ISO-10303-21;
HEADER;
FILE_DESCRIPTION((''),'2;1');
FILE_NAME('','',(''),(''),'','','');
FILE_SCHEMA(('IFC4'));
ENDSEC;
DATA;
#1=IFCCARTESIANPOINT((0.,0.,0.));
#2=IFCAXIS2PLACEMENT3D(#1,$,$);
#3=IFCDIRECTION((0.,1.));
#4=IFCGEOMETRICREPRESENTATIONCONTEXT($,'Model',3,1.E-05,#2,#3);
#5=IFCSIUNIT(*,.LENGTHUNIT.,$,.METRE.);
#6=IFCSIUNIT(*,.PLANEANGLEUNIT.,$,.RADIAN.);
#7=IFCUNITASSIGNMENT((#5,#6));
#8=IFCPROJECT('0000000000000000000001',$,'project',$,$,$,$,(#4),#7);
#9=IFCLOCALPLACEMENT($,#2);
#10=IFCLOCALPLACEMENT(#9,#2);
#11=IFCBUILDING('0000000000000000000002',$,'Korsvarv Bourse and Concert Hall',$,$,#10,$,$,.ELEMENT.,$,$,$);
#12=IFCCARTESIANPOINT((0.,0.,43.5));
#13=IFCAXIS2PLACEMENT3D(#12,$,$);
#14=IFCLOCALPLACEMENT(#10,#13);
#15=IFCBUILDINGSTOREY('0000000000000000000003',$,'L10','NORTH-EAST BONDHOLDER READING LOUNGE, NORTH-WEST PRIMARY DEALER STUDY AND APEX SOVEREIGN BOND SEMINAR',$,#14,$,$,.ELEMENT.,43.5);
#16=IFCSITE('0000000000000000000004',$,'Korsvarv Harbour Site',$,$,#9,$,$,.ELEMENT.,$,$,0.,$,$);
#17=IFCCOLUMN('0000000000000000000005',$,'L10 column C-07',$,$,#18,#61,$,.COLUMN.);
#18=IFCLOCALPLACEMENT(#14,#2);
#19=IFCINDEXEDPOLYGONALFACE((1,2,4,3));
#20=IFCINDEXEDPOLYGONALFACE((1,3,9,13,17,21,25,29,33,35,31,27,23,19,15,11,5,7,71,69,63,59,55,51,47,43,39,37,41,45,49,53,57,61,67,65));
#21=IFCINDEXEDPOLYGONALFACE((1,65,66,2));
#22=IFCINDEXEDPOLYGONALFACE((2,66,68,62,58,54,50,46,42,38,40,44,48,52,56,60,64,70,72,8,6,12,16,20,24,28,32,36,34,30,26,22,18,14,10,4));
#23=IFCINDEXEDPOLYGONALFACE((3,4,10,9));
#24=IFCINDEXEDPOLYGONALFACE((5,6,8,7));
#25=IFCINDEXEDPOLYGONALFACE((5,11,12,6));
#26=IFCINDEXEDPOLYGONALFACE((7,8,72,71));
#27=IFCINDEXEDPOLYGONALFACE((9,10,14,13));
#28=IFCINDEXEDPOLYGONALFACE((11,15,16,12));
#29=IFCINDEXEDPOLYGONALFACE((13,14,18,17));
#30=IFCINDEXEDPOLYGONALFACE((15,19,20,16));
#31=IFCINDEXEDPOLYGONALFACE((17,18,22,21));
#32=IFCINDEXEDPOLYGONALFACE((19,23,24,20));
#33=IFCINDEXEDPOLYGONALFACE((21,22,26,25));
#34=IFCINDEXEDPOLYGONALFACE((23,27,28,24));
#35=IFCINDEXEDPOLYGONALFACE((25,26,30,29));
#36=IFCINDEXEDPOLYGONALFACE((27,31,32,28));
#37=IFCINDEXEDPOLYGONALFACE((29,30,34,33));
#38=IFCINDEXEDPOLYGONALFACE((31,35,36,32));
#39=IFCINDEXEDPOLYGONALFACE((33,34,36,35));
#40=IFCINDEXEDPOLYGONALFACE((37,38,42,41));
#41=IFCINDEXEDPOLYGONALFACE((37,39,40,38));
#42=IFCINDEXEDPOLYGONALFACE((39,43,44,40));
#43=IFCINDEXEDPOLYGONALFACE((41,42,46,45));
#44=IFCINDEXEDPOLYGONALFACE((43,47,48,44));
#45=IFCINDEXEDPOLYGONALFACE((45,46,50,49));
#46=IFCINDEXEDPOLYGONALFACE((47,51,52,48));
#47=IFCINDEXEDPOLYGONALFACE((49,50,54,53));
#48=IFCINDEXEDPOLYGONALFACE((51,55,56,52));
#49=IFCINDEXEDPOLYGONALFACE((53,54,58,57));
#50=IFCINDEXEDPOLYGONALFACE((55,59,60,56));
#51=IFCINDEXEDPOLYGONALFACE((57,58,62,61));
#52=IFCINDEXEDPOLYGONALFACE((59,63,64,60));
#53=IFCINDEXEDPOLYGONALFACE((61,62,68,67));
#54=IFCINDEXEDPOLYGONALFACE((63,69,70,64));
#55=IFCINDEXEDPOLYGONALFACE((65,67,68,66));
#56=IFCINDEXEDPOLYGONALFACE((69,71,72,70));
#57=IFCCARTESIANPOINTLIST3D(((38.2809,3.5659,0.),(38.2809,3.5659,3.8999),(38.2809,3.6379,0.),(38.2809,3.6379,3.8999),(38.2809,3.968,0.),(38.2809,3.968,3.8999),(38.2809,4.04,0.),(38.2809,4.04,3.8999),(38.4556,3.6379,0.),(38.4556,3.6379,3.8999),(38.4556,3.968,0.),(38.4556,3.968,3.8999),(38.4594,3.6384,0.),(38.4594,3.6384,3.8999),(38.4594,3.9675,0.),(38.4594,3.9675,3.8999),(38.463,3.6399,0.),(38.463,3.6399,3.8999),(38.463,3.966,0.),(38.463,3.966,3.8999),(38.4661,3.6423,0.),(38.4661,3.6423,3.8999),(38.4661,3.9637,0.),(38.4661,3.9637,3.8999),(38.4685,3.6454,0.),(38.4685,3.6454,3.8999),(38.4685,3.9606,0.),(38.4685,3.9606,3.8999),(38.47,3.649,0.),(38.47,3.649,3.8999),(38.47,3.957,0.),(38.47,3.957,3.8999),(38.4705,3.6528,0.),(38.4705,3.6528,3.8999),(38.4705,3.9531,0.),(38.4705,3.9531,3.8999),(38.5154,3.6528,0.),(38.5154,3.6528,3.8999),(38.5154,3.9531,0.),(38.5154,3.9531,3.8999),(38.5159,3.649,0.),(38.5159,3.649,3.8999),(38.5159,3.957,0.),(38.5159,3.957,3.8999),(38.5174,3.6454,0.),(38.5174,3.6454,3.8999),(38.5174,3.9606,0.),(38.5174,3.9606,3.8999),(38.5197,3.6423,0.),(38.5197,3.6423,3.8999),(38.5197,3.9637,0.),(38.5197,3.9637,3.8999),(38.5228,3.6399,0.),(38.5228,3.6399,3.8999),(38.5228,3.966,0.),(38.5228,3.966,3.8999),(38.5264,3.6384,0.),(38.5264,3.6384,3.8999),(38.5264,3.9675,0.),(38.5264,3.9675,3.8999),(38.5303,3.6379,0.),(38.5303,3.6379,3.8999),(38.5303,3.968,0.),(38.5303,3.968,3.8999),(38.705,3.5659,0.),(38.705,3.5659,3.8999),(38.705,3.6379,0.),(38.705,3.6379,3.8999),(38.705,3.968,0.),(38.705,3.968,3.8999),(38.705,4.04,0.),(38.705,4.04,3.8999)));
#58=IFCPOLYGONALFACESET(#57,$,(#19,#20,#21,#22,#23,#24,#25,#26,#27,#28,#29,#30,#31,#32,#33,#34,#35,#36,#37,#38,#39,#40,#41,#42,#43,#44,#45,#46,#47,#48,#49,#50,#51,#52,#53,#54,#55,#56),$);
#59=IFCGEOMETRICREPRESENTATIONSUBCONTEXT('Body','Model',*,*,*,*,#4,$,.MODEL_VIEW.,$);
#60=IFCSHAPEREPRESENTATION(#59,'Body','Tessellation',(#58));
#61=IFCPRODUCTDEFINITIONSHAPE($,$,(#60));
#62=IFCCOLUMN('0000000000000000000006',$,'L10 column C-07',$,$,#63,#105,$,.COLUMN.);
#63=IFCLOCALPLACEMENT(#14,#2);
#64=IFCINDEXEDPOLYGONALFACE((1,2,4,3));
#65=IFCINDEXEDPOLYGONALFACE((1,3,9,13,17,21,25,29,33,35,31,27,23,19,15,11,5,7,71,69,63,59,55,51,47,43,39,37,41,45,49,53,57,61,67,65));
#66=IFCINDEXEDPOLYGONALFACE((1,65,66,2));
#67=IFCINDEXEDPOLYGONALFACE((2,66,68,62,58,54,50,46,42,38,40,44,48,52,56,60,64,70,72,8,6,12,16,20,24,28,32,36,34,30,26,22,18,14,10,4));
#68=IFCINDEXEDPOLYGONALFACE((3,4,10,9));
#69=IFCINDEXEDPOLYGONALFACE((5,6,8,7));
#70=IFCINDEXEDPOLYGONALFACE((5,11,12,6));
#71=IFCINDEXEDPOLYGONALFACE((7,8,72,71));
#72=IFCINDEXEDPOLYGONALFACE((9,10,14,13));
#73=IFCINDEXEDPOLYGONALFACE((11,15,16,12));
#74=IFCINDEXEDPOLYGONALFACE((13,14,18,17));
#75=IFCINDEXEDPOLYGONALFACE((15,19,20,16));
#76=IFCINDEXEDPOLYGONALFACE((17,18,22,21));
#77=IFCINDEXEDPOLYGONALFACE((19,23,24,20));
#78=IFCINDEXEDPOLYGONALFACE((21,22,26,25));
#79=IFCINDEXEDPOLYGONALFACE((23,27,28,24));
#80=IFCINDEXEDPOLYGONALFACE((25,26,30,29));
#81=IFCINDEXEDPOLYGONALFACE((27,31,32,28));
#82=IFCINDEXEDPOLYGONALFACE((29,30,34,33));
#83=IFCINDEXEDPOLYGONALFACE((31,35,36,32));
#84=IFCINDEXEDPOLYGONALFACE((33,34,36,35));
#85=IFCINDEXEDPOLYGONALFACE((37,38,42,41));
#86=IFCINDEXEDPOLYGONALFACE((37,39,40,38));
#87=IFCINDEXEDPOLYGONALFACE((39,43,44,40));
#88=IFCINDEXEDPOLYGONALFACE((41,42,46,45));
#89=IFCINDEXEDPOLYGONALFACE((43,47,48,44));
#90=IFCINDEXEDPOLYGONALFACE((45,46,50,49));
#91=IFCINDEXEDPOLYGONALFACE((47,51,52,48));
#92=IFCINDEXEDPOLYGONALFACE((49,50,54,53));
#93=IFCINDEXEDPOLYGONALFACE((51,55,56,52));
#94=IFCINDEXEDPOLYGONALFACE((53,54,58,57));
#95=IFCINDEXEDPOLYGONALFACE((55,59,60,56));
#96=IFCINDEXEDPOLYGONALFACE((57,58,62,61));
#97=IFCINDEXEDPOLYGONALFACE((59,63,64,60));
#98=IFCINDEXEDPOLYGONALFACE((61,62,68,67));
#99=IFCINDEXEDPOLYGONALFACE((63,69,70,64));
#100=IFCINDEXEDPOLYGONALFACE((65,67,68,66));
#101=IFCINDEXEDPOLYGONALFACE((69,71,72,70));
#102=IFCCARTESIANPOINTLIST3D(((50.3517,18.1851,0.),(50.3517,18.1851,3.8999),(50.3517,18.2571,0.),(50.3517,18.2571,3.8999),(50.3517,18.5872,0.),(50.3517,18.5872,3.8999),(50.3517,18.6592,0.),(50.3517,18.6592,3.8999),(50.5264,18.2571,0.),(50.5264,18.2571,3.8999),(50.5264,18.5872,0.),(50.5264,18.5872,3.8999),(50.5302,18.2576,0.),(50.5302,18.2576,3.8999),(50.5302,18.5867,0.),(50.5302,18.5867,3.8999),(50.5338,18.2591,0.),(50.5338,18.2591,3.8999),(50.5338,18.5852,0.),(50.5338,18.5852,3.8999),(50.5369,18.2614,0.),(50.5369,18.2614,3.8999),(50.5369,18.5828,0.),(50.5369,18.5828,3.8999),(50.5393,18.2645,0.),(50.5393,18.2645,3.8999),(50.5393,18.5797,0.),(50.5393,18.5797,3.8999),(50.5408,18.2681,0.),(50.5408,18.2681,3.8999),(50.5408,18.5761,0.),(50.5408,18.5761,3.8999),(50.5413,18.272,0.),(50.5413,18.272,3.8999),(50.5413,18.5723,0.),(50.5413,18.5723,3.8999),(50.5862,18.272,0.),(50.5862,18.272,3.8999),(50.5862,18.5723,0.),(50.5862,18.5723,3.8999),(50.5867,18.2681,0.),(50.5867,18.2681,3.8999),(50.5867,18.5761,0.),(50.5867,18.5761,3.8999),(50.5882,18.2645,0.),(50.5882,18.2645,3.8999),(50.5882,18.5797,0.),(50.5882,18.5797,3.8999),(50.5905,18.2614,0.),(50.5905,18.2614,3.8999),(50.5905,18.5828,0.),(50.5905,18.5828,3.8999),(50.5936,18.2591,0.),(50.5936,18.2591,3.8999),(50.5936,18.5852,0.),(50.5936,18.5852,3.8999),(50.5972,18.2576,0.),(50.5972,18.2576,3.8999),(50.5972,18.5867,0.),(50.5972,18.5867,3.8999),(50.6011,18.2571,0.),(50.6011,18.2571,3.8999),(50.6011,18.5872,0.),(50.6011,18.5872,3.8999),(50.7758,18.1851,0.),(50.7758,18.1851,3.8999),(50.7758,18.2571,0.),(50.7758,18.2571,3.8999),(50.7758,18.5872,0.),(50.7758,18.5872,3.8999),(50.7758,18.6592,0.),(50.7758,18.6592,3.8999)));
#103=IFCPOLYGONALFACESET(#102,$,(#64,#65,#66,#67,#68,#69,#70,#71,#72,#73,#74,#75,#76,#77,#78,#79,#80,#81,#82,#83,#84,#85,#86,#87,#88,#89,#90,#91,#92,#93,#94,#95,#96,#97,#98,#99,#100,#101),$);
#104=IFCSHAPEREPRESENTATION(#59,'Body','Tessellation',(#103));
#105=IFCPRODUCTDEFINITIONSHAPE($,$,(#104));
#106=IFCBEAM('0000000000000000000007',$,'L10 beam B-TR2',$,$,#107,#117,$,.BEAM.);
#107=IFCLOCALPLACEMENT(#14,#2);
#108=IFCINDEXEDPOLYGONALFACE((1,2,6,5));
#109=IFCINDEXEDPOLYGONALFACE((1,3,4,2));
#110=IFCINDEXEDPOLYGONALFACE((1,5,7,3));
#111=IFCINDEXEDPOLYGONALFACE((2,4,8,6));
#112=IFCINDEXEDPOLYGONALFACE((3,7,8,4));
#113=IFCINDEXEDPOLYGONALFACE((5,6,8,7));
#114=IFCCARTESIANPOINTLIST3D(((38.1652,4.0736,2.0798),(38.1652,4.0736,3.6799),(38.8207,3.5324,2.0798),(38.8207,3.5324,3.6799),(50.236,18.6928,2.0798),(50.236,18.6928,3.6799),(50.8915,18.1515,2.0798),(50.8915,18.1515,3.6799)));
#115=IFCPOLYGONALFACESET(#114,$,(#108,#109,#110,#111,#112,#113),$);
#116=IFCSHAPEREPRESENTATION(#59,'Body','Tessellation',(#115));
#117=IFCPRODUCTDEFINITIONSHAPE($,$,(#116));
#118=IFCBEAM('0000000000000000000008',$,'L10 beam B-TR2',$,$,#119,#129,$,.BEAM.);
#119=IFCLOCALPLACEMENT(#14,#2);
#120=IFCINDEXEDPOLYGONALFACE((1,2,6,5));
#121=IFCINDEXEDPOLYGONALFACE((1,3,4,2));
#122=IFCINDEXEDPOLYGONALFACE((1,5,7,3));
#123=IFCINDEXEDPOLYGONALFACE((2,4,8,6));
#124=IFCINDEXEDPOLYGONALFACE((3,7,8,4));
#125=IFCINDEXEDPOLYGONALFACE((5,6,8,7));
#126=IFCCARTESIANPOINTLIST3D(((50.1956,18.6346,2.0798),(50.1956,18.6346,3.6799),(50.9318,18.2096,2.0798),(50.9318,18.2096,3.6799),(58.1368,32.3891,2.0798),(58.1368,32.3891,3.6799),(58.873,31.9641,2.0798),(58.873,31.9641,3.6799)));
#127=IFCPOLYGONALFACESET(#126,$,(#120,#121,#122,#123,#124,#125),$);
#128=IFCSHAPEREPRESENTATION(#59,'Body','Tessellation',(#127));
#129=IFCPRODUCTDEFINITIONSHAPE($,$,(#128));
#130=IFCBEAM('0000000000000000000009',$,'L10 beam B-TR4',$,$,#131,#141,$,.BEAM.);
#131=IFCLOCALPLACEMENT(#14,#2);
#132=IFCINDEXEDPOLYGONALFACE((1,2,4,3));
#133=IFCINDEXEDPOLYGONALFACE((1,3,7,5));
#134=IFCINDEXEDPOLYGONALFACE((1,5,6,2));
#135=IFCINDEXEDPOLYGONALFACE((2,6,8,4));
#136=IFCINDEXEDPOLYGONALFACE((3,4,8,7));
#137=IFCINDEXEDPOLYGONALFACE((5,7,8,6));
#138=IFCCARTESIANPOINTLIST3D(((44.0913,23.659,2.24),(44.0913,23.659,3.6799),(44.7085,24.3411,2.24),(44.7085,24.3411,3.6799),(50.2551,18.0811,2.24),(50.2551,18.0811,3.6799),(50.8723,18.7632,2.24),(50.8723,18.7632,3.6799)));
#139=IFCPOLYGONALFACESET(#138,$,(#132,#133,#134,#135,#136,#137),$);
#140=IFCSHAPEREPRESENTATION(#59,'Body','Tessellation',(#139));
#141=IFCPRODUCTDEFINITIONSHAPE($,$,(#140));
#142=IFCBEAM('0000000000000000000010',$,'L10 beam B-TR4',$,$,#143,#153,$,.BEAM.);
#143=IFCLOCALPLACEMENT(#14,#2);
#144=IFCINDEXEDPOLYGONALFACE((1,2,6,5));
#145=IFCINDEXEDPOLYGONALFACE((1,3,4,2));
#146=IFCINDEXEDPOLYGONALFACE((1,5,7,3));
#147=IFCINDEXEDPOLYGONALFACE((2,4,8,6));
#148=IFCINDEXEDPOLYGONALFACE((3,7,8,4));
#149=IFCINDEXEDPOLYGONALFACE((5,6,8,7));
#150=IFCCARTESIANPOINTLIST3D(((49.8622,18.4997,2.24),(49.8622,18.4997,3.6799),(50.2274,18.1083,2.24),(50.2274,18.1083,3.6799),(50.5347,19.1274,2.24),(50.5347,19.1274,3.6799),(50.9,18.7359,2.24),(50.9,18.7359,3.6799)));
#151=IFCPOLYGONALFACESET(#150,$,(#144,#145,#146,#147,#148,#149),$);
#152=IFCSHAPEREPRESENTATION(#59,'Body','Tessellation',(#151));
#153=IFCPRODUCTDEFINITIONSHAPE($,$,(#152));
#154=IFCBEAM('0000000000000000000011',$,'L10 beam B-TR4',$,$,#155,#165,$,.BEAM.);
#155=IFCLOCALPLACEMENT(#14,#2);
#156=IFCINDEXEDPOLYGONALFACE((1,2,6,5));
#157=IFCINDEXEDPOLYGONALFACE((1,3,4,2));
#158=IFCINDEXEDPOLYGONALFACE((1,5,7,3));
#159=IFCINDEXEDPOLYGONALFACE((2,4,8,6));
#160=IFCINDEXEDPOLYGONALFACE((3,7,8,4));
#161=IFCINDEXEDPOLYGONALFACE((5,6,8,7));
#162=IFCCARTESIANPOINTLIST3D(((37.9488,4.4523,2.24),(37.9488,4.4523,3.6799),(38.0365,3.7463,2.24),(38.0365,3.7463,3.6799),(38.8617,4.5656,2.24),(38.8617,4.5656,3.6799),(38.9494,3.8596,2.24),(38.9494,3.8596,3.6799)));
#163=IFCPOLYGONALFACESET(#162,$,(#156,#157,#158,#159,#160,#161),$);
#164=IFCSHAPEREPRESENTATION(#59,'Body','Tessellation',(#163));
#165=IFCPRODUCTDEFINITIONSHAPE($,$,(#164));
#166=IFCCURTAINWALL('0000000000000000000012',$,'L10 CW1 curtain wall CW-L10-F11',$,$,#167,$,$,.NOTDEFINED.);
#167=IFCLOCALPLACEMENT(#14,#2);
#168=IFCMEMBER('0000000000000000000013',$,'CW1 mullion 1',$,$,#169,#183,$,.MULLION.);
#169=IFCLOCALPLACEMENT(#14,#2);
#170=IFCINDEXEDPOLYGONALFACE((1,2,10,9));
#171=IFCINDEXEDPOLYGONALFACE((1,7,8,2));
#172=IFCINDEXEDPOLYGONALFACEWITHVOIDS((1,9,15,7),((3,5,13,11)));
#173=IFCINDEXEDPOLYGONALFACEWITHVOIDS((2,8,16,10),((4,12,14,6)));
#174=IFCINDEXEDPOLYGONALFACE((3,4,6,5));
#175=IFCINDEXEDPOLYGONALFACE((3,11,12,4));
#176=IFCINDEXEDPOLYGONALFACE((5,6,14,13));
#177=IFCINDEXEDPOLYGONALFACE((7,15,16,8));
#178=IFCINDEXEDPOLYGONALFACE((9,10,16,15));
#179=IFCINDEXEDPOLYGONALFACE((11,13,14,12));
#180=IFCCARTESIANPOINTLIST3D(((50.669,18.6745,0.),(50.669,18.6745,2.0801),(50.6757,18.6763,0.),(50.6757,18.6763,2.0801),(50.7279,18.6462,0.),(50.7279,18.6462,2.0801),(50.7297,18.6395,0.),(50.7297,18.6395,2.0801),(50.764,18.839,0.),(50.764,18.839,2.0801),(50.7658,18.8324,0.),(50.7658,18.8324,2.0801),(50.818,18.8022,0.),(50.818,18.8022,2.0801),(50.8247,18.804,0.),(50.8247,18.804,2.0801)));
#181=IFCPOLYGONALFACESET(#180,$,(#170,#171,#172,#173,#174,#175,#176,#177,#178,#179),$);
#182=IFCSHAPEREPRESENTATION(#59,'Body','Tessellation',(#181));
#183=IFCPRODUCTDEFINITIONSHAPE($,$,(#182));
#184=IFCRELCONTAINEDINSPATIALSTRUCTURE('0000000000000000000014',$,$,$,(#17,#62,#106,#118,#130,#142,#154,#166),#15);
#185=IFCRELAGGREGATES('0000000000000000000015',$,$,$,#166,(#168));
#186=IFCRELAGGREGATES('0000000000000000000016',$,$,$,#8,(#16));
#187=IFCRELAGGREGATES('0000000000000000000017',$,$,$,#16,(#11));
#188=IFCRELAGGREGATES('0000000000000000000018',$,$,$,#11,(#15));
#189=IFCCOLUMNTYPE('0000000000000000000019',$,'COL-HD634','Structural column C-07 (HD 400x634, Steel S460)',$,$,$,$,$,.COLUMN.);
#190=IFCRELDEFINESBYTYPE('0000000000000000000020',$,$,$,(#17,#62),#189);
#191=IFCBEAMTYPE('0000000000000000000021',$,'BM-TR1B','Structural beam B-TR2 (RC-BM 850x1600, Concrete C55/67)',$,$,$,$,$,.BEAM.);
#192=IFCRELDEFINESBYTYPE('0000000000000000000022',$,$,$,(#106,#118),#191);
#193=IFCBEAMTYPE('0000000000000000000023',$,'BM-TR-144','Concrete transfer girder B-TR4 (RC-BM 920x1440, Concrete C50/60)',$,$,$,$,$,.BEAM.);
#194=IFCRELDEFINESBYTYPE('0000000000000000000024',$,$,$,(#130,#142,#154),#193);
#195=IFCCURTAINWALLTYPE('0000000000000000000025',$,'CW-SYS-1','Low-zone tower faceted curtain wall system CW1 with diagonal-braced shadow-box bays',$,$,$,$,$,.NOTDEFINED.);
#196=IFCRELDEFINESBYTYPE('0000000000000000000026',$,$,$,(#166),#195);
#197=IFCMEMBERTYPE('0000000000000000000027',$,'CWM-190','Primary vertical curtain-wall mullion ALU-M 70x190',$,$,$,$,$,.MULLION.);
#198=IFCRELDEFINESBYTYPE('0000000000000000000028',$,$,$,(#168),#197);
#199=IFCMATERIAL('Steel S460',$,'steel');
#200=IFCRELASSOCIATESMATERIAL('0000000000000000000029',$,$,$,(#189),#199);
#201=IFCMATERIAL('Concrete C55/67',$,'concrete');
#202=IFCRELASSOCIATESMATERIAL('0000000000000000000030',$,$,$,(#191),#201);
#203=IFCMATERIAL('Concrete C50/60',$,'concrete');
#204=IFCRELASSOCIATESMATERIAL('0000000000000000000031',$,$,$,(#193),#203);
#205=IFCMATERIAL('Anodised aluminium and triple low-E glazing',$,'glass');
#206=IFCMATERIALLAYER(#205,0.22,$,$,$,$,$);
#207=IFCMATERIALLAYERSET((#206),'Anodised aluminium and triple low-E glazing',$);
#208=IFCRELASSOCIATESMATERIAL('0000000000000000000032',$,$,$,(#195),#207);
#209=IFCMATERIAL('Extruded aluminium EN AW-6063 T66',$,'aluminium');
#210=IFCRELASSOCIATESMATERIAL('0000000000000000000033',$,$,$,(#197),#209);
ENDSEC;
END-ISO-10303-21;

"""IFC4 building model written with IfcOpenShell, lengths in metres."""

from ifc_helpers import new_model, si_unit, direction, frame, origin, origin_2d, place, context, subcontext, project, spatial, rectangle, hollow_rectangle, i_section, extrude, source, transform, mapped, material, layer, layer_set, material_profile, profile_set, type_object, element, aggregate, save


model = new_model("IFC4")

# Units and contexts
model_context = context("Model", 3, precision=1e-05, world=origin(), true_north=direction((0.0, 1.0)))
body_context = subcontext(model_context, "Body", "Model", "MODEL_VIEW")
ifc_project = project(units=[si_unit("LENGTHUNIT", "METRE"), si_unit("PLANEANGLEUNIT", "RADIAN")], contexts=[model_context])

# Site, building, storey
site_placement = place(None, origin())
site = spatial("IfcSite", under=ifc_project, at=site_placement, Name="Korsvarv Harbour Site", CompositionType="ELEMENT", RefElevation=0.0)
building_placement = place(site_placement, origin())
building = spatial("IfcBuilding", under=site, at=building_placement, Name="Korsvarv Bourse and Concert Hall", CompositionType="ELEMENT")
storey_placement = place(building_placement, frame((0.0, 0.0, 43.5)))
storey = spatial("IfcBuildingStorey", under=building, at=storey_placement, Name="L10", Description="NORTH-EAST BONDHOLDER READING LOUNGE, NORTH-WEST PRIMARY DEALER STUDY AND APEX SOVEREIGN BOND SEMINAR", CompositionType="ELEMENT", Elevation=43.5)

# Columns
ifc_material_1 = material(Name="Steel S460", Category="steel")
ifc_material_profile_1 = material_profile(ifc_material_1, i_section(OverallWidth=0.4241, OverallDepth=0.4741, WebThickness=0.0449, FlangeThickness=0.072, FilletRadius=0.0149, at=origin_2d()), Name="HD 400x634")
ifc_profile_set_1 = profile_set([ifc_material_profile_1], Name="Steel S460")
column_type = type_object("IfcColumnType", Name="COL-HD634", Description="Structural column C-07 (HD 400x634, Steel S460)", PredefinedType="COLUMN", material=ifc_profile_set_1)
shared_shape_1 = source(origin(), body_context, "Body", "SweptSolid", [
    extrude(i_section(OverallWidth=0.4241, OverallDepth=0.4741, WebThickness=0.0449, FlangeThickness=0.072, FilletRadius=0.0149, at=origin_2d()), origin(), (0.0, 0.0, 1.0), 3.8999),
])
for number, where, z_axis, x_axis, name in (
    (1, (38.4929, 3.803, 0.0), (0.0, 0.0, 1.0), (1.0, 0.0, 0.0), "L10 column C-07"),
    (2, (50.5637, 18.4221, 0.0), (0.0, 0.0, 1.0), (1.0, 0.0, 0.0), "L10 column C-07"),
):
    element("IfcColumn", number, at=place(storey_placement, frame(where, z_axis=z_axis, x_axis=x_axis)), inside=storey, type_object=column_type, Name=name, PredefinedType="COLUMN", context=body_context, shape_type="MappedRepresentation", body=[
        mapped(shared_shape_1, transform((0.0, 0.0, 0.0), scale=1.0)),
    ])

# Beams
ifc_material_2 = material(Name="Concrete C55/67", Category="concrete")
ifc_material_profile_2 = material_profile(ifc_material_2, rectangle(XDim=0.8501, YDim=1.6001, at=origin_2d()), Name="RC-BM 850x1600")
ifc_profile_set_2 = profile_set([ifc_material_profile_2], Name="Concrete C55/67")
beam_type_1 = type_object("IfcBeamType", Name="BM-TR1B", Description="Structural beam B-TR2 (RC-BM 850x1600, Concrete C55/67)", PredefinedType="BEAM", material=ifc_profile_set_2)
shared_shape_2 = source(origin(), body_context, "Body", "SweptSolid", [
    extrude(rectangle(XDim=0.8501, YDim=1.6001, at=origin_2d()), origin(), (0.0, 0.0, 1.0), 18.9585),
])
beam_1_placement = place(storey_placement, frame((38.4929, 3.803, 2.8799), z_axis=(0.636697, 0.771114, 0.0), x_axis=(-0.771114, 0.636697, 0.0)))
element("IfcBeam", 3, at=beam_1_placement, inside=storey, type_object=beam_type_1, Name="L10 beam B-TR2", PredefinedType="BEAM", context=body_context, shape_type="MappedRepresentation", body=[
    mapped(shared_shape_2, transform((0.0, 0.0, 0.0), scale=1.0)),
])
shared_shape_3 = source(origin(), body_context, "Body", "SweptSolid", [
    extrude(rectangle(XDim=0.8501, YDim=1.6001, at=origin_2d()), origin(), (0.0, 0.0, 1.0), 15.8823),
])
beam_2_placement = place(storey_placement, frame((50.5637, 18.4221, 2.8799), z_axis=(0.500003, 0.866024, 0.0), x_axis=(-0.866024, 0.500003, 0.0)))
element("IfcBeam", 4, at=beam_2_placement, inside=storey, type_object=beam_type_1, Name="L10 beam B-TR2", PredefinedType="BEAM", context=body_context, shape_type="MappedRepresentation", body=[
    mapped(shared_shape_3, transform((0.0, 0.0, 0.0), scale=1.0)),
])
ifc_material_3 = material(Name="Concrete C50/60", Category="concrete")
ifc_material_profile_3 = material_profile(ifc_material_3, rectangle(XDim=0.9199, YDim=1.4399, at=origin_2d()), Name="RC-BM 920x1440")
ifc_profile_set_3 = profile_set([ifc_material_profile_3], Name="Concrete C50/60")
beam_type_2 = type_object("IfcBeamType", Name="BM-TR-144", Description="Concrete transfer girder B-TR4 (RC-BM 920x1440, Concrete C50/60)", PredefinedType="BEAM", material=ifc_profile_set_3)
shared_shape_4 = source(origin(), body_context, "Body", "SweptSolid", [
    extrude(rectangle(XDim=0.9199, YDim=1.4399, at=origin_2d()), origin(), (0.0, 0.0, 1.0), 8.313),
])
beam_3_placement = place(storey_placement, frame((50.5637, 18.4221, 2.96), z_axis=(-0.74147, 0.670986, 0.0), x_axis=(-0.670986, -0.74147, 0.0)))
element("IfcBeam", 5, at=beam_3_placement, inside=storey, type_object=beam_type_2, Name="L10 beam B-TR4", PredefinedType="BEAM", context=body_context, shape_type="MappedRepresentation", body=[
    mapped(shared_shape_4, transform((0.0, 0.0, 0.0), scale=1.0)),
])
shared_shape_5 = source(origin(), body_context, "Body", "SweptSolid", [
    extrude(rectangle(XDim=0.9199, YDim=1.4399, at=origin_2d()), origin(), (0.0, 0.0, 1.0), 0.5354),
])
beam_4_placement = place(storey_placement, frame((50.5637, 18.4221, 2.96), z_axis=(-0.682286, 0.731086, 0.0), x_axis=(-0.731086, -0.682286, 0.0)))
element("IfcBeam", 6, at=beam_4_placement, inside=storey, type_object=beam_type_2, Name="L10 beam B-TR4", PredefinedType="BEAM", context=body_context, shape_type="MappedRepresentation", body=[
    mapped(shared_shape_5, transform((0.0, 0.0, 0.0), scale=1.0)),
])
shared_shape_6 = source(origin(), body_context, "Body", "SweptSolid", [
    extrude(rectangle(XDim=0.9199, YDim=1.4399, at=origin_2d()), origin(), (0.0, 0.0, 1.0), 0.7114),
])
beam_5_placement = place(storey_placement, frame((38.4929, 3.803, 2.96), z_axis=(-0.12319, 0.992383, 0.0), x_axis=(-0.992383, -0.12319, 0.0)))
element("IfcBeam", 7, at=beam_5_placement, inside=storey, type_object=beam_type_2, Name="L10 beam B-TR4", PredefinedType="BEAM", context=body_context, shape_type="MappedRepresentation", body=[
    mapped(shared_shape_6, transform((0.0, 0.0, 0.0), scale=1.0)),
])

# Curtain wall, member
ifc_material_4 = material(Name="Anodised aluminium and triple low-E glazing", Category="glass")
ifc_layer_1 = layer(ifc_material_4, 0.22)
ifc_layer_set_1 = layer_set([ifc_layer_1], Name="Anodised aluminium and triple low-E glazing")
curtain_wall_type = type_object("IfcCurtainWallType", Name="CW-SYS-1", Description="Low-zone tower faceted curtain wall system CW1 with diagonal-braced shadow-box bays", PredefinedType="NOTDEFINED", material=ifc_layer_set_1)
curtain_wall_placement = place(storey_placement, origin())
curtain_wall = element("IfcCurtainWall", 8, at=curtain_wall_placement, inside=storey, type_object=curtain_wall_type, Name="L10 CW1 curtain wall CW-L10-F11", PredefinedType="NOTDEFINED")
ifc_material_5 = material(Name="Extruded aluminium EN AW-6063 T66", Category="aluminium")
ifc_material_profile_4 = material_profile(ifc_material_5, hollow_rectangle(XDim=0.0701, YDim=0.1899, WallThickness=0.0049, at=origin_2d()), Name="ALU-M 70x190")
ifc_profile_set_4 = profile_set([ifc_material_profile_4], Name="Extruded aluminium EN AW-6063 T66")
member_type_1 = type_object("IfcMemberType", Name="CWM-190", Description="Primary vertical curtain-wall mullion ALU-M 70x190", PredefinedType="MULLION", material=ifc_profile_set_4)
shared_shape_7 = source(origin(), body_context, "Body", "SweptSolid", [
    extrude(hollow_rectangle(XDim=0.0701, YDim=0.1899, WallThickness=0.0049, at=origin_2d()), origin(), (0.0, 0.0, 1.0), 2.0801),
])
member_1_placement = place(storey_placement, frame((50.7468, 18.7393, 0.0), z_axis=(0.0, 0.0, 1.0), x_axis=(-0.866026, 0.5, 0.0)))
member_1 = element("IfcMember", 9, at=member_1_placement, type_object=member_type_1, Name="CW1 mullion 1", PredefinedType="MULLION", context=body_context, shape_type="MappedRepresentation", body=[
    mapped(shared_shape_7, transform((0.0, 0.0, 0.0), scale=1.0)),
])
aggregate(curtain_wall, [member_1])

save(model, "model.ifc")
